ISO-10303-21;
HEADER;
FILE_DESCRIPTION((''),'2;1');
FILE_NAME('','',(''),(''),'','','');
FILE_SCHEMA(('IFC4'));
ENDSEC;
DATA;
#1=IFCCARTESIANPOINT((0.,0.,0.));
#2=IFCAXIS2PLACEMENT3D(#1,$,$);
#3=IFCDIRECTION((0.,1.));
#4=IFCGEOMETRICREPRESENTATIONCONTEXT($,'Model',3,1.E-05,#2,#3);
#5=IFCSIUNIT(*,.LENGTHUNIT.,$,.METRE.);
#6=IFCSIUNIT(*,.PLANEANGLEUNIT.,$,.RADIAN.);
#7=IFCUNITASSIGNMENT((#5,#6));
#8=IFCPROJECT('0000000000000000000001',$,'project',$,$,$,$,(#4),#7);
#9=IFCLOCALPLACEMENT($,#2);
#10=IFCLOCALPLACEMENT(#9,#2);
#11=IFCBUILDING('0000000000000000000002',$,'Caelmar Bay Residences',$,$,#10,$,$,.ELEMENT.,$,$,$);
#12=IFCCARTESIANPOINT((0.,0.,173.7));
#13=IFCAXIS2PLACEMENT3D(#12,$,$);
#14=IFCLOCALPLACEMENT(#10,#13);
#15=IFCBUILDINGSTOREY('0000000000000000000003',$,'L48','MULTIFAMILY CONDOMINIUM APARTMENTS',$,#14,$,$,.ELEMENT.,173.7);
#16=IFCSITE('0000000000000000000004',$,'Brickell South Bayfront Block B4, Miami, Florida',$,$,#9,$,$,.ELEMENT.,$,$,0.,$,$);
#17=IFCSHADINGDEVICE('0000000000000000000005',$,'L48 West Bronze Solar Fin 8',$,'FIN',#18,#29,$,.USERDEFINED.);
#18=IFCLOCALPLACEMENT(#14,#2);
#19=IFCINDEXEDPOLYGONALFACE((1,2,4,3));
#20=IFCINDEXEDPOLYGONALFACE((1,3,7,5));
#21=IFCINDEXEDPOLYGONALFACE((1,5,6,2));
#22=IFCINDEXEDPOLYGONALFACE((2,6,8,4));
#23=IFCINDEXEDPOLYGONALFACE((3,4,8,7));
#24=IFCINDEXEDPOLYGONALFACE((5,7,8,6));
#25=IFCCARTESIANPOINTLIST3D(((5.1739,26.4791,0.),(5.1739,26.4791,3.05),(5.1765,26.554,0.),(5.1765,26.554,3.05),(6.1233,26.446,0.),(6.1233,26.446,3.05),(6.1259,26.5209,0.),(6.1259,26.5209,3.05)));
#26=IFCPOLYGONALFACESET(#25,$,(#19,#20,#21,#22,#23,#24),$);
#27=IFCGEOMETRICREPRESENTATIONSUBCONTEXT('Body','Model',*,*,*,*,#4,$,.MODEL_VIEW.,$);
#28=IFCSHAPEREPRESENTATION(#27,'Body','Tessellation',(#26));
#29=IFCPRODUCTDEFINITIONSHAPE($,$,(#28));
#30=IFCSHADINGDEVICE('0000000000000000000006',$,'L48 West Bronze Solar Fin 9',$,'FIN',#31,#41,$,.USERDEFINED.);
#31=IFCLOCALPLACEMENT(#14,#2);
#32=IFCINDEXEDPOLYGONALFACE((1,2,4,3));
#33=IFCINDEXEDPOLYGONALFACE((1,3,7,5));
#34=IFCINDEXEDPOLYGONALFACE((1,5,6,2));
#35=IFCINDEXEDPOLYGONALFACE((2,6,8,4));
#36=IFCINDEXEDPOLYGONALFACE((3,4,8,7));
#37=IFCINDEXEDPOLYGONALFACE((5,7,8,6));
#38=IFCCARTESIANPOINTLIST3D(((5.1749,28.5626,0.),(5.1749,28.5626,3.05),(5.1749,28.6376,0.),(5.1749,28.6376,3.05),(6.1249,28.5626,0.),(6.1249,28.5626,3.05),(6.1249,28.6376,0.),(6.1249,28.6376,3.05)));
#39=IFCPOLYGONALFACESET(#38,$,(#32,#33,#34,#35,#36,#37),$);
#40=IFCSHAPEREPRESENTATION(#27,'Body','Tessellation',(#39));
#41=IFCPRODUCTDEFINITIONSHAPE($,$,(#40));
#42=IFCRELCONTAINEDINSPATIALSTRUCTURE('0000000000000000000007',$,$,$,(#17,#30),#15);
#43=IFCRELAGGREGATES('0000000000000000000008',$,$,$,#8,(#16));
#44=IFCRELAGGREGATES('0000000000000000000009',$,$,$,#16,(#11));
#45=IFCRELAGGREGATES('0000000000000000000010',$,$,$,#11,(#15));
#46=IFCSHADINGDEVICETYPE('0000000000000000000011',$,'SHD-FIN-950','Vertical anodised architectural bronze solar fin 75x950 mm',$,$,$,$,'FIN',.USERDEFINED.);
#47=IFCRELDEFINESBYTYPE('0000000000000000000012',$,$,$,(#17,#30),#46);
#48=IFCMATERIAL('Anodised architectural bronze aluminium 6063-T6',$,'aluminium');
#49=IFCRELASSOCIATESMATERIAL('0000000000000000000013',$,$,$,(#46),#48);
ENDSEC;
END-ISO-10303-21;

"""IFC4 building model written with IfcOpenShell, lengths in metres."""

from ifc_helpers import new_model, si_unit, direction, frame, origin, origin_2d, place, context, subcontext, project, spatial, rectangle, extrude, material, material_profile, profile_set, type_object, element, save


model = new_model("IFC4")

# Units and contexts
model_context = context("Model", 3, precision=1e-05, world=origin(), true_north=direction((0.0, 1.0)))
body_context = subcontext(model_context, "Body", "Model", "MODEL_VIEW")
ifc_project = project(units=[si_unit("LENGTHUNIT", "METRE"), si_unit("PLANEANGLEUNIT", "RADIAN")], contexts=[model_context])

# Site, building, storey
site_placement = place(None, origin())
site = spatial("IfcSite", under=ifc_project, at=site_placement, Name="Brickell South Bayfront Block B4, Miami, Florida", CompositionType="ELEMENT", RefElevation=0.0)
building_placement = place(site_placement, origin())
building = spatial("IfcBuilding", under=site, at=building_placement, Name="Caelmar Bay Residences", CompositionType="ELEMENT")
storey_placement = place(building_placement, frame((0.0, 0.0, 173.7)))
storey = spatial("IfcBuildingStorey", under=building, at=storey_placement, Name="L48", Description="MULTIFAMILY CONDOMINIUM APARTMENTS", CompositionType="ELEMENT", Elevation=173.7)

# Shading devices
ifc_material_1 = material(Name="Anodised architectural bronze aluminium 6063-T6", Category="aluminium")
ifc_material_profile_1 = material_profile(ifc_material_1, rectangle(XDim=0.075, YDim=0.95, at=origin_2d()), Name="BRONZE-FIN-75X950")
ifc_profile_set_1 = profile_set([ifc_material_profile_1], Name="Anodised architectural bronze aluminium 6063-T6")
shading_device_type = type_object("IfcShadingDeviceType", Name="SHD-FIN-950", Description="Vertical anodised architectural bronze solar fin 75x950 mm", ElementType="FIN", PredefinedType="USERDEFINED", material=ifc_profile_set_1)
for number, where, z_axis, x_axis, name in (
    (1, (5.6499, 26.5, 0.0), (0.0, 0.0, 1.0), (0.034899, 0.999391, 0.0), "L48 West Bronze Solar Fin 8"),
    (2, (5.6499, 28.6001, 0.0), (0.0, 0.0, 1.0), (0.0, 1.0, 0.0), "L48 West Bronze Solar Fin 9"),
):
    element("IfcShadingDevice", number, at=place(storey_placement, frame(where, z_axis=z_axis, x_axis=x_axis)), inside=storey, type_object=shading_device_type, Name=name, ObjectType="FIN", PredefinedType="USERDEFINED", context=body_context, shape_type="SweptSolid", body=[
        extrude(rectangle(XDim=0.075, YDim=0.95, at=origin_2d()), origin(), (0.0, 0.0, 1.0), 3.05),
    ])

save(model, "model.ifc")
